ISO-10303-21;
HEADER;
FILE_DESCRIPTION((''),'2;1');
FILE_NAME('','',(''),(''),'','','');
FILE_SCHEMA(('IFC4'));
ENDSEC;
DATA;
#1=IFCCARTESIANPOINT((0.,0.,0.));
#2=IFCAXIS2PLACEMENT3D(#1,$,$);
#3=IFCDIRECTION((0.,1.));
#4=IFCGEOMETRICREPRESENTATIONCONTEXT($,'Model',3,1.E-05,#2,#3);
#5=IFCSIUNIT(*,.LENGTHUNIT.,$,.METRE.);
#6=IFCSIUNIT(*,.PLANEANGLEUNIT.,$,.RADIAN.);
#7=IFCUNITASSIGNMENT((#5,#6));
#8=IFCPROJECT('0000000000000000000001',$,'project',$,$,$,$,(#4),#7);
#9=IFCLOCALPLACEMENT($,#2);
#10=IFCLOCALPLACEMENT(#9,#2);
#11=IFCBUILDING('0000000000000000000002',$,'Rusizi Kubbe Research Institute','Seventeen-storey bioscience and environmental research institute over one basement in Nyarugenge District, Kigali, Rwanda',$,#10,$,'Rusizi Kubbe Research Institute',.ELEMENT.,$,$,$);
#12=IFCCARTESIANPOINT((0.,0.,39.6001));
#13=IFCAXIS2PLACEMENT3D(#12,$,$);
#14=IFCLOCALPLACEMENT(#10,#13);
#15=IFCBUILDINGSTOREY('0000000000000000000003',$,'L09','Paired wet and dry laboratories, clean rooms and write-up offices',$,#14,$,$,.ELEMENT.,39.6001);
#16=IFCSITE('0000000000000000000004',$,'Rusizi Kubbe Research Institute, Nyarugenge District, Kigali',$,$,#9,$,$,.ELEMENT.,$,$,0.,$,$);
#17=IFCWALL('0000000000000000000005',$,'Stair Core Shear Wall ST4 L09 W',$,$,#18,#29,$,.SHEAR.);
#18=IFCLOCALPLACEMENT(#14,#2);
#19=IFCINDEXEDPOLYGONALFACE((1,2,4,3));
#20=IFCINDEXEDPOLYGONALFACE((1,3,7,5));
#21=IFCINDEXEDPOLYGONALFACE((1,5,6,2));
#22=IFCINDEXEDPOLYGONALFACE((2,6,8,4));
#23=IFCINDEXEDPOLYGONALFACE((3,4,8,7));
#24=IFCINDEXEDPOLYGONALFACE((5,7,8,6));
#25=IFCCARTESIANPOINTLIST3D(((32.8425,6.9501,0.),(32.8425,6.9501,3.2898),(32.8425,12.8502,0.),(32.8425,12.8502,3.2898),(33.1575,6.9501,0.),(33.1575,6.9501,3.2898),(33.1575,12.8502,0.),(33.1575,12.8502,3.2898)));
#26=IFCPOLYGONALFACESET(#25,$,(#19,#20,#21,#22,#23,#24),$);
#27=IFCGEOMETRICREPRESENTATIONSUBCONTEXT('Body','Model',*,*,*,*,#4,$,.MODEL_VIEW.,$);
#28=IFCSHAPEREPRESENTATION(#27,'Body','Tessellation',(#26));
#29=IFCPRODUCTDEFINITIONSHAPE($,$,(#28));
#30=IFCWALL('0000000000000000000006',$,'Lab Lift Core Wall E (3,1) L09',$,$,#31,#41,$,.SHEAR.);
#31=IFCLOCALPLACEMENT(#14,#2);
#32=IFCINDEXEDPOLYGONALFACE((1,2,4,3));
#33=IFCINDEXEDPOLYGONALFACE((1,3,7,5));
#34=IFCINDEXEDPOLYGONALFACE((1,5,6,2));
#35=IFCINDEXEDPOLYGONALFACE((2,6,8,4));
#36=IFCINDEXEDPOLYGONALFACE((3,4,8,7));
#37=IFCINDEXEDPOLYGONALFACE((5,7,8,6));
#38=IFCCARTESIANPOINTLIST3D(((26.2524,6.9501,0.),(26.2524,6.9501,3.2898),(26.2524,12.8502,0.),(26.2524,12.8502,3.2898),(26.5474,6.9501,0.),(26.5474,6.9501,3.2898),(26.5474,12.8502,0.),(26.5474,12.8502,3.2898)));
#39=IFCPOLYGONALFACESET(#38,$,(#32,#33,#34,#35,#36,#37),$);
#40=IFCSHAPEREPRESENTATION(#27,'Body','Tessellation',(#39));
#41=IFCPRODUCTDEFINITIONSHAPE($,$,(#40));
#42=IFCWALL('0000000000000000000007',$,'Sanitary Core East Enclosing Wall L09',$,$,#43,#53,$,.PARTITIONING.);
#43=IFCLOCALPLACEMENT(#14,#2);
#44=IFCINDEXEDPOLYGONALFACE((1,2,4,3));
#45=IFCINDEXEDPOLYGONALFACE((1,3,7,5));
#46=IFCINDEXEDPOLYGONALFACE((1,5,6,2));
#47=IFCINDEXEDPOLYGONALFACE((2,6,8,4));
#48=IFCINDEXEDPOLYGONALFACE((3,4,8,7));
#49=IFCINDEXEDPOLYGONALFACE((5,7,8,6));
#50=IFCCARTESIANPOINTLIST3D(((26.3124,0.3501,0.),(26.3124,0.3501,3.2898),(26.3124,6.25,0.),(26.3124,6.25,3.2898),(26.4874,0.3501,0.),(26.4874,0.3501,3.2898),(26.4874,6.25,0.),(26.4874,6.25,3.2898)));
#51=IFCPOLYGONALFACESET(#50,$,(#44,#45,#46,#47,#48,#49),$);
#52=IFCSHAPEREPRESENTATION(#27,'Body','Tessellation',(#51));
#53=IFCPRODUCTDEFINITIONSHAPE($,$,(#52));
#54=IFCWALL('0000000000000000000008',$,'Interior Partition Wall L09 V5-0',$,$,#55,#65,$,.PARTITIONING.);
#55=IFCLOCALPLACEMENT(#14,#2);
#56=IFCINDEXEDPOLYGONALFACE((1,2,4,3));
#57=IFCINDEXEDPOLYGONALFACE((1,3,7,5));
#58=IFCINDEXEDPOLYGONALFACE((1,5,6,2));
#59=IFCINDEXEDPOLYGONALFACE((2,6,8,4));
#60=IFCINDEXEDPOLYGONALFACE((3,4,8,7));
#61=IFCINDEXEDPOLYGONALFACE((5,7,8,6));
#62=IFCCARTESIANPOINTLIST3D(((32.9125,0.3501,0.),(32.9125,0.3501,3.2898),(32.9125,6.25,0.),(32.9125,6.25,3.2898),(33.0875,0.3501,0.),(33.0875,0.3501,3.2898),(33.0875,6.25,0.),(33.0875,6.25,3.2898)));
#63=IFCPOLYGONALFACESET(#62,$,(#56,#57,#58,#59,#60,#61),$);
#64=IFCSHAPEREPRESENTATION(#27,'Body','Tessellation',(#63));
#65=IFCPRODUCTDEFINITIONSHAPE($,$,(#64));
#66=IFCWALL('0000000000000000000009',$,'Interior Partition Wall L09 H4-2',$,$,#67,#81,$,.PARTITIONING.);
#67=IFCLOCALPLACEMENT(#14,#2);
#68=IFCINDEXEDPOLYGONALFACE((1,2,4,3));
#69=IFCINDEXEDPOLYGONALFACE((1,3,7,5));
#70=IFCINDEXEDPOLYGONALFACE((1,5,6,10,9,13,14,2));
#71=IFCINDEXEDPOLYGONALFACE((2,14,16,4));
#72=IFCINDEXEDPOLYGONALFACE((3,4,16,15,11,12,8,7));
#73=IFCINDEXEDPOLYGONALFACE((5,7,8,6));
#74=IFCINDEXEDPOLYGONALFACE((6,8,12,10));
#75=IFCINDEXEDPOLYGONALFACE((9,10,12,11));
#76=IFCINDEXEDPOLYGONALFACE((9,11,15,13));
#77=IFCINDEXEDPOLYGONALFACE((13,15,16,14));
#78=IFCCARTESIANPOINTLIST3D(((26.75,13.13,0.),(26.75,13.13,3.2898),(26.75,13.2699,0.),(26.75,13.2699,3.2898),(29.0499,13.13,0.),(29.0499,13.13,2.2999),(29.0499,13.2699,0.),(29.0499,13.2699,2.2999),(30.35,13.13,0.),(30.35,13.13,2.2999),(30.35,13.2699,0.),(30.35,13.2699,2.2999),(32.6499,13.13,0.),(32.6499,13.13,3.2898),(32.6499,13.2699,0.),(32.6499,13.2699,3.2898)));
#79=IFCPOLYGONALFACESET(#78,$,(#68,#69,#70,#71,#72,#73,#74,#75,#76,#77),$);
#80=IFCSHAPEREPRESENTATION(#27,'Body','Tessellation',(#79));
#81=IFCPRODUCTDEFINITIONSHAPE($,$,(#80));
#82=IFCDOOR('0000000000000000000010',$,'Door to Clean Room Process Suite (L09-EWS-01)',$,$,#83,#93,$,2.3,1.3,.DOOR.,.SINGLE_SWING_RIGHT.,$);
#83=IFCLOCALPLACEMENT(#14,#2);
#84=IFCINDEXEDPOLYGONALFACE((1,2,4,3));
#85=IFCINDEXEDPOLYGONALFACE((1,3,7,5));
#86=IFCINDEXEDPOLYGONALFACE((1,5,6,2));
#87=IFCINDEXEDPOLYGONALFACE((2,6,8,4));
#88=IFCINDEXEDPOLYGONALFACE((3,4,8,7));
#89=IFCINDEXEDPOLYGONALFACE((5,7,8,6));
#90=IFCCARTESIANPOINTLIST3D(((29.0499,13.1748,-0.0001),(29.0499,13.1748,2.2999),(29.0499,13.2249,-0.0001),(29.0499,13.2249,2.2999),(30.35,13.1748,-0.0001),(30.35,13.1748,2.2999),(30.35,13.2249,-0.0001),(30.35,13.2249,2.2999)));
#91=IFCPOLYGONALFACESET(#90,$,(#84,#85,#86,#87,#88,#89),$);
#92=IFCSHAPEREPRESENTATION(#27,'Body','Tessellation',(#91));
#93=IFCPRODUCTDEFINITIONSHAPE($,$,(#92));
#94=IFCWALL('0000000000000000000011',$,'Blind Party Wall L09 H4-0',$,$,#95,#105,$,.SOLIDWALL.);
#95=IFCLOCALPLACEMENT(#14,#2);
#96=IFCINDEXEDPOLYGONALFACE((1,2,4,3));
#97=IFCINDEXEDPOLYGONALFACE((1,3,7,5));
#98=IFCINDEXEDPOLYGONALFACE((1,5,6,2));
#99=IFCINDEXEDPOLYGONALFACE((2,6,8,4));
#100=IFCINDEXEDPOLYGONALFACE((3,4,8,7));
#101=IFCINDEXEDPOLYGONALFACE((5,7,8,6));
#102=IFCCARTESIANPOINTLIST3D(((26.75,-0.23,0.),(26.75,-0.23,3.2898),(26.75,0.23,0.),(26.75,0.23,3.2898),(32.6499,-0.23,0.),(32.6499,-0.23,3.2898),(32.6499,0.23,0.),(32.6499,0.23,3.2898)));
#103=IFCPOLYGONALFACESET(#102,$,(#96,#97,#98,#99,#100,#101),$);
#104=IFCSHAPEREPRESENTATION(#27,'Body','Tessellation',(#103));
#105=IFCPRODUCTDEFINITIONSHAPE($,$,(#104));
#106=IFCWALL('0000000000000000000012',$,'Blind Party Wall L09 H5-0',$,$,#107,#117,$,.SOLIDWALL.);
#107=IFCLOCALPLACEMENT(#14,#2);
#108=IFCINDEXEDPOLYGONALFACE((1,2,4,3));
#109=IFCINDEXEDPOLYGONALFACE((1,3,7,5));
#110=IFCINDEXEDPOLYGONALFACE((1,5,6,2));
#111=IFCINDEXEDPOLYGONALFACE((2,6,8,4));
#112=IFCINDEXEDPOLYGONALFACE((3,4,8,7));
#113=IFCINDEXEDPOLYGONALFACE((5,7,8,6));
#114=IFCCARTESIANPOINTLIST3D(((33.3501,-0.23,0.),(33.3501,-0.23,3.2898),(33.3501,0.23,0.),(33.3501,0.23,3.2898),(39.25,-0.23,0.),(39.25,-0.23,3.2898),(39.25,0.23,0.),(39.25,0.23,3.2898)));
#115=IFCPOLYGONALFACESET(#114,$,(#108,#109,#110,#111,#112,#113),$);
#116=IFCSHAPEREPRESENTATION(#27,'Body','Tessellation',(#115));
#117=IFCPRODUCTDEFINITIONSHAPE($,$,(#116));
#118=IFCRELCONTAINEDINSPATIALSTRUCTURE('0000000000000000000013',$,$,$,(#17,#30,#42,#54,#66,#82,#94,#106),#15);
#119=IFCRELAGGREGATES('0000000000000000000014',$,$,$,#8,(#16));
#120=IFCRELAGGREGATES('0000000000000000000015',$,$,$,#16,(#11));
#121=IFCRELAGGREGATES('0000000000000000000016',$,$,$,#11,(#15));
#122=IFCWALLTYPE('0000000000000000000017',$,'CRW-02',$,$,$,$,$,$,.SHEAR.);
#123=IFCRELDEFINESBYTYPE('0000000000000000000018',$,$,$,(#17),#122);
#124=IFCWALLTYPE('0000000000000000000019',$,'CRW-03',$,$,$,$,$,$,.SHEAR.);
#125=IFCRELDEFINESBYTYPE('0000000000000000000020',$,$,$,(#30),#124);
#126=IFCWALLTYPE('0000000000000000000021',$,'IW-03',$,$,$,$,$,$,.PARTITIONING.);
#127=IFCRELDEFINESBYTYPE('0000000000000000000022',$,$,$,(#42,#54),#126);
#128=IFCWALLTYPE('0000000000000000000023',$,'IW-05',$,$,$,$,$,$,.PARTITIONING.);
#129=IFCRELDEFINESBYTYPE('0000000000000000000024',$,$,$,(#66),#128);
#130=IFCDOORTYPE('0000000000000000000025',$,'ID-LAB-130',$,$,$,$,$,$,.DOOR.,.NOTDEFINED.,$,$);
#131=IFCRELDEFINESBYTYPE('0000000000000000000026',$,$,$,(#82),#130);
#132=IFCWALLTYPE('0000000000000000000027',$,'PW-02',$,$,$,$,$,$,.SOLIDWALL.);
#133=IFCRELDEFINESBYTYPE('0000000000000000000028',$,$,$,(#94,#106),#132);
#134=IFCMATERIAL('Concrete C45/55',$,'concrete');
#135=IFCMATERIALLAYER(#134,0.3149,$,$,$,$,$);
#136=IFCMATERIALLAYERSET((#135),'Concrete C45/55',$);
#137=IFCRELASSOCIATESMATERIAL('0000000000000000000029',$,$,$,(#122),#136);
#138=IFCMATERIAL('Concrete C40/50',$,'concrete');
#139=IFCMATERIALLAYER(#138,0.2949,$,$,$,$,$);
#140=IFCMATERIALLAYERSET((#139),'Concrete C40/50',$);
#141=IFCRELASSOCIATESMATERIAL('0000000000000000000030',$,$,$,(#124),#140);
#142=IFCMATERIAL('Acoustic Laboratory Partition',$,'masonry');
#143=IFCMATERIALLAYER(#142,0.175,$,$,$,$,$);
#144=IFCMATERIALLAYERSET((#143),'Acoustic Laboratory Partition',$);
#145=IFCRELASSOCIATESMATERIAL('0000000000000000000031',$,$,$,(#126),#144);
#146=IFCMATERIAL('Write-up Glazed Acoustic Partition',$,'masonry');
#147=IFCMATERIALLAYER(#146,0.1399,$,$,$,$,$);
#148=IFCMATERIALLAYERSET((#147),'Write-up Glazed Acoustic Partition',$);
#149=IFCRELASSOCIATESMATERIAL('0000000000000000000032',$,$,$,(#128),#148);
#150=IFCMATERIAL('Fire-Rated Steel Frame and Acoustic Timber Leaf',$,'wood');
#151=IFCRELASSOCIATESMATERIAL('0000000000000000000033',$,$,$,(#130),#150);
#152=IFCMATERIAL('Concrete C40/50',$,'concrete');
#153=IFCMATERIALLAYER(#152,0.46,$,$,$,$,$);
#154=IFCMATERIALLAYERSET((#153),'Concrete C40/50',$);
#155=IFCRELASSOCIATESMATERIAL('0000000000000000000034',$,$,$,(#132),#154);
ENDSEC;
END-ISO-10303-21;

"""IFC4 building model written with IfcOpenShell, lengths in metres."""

from ifc_helpers import new_model, si_unit, direction, frame, frame_2d, origin, place, context, subcontext, project, spatial, rectangle, extrude, material, layer, layer_set, type_object, element, fill, save


model = new_model("IFC4")

# Units and contexts
model_context = context("Model", 3, precision=1e-05, world=origin(), true_north=direction((0.0, 1.0)))
body_context = subcontext(model_context, "Body", "Model", "MODEL_VIEW")
ifc_project = project(units=[si_unit("LENGTHUNIT", "METRE"), si_unit("PLANEANGLEUNIT", "RADIAN")], contexts=[model_context])

# Site, building, storey
site_placement = place(None, origin())
site = spatial("IfcSite", under=ifc_project, at=site_placement, Name="Rusizi Kubbe Research Institute, Nyarugenge District, Kigali", CompositionType="ELEMENT", RefElevation=0.0)
building_placement = place(site_placement, origin())
building = spatial("IfcBuilding", under=site, at=building_placement, Name="Rusizi Kubbe Research Institute", Description="Seventeen-storey bioscience and environmental research institute over one basement in Nyarugenge District, Kigali, Rwanda", LongName="Rusizi Kubbe Research Institute", CompositionType="ELEMENT")
storey_placement = place(building_placement, frame((0.0, 0.0, 39.6001)))
storey = spatial("IfcBuildingStorey", under=building, at=storey_placement, Name="L09", Description="Paired wet and dry laboratories, clean rooms and write-up offices", CompositionType="ELEMENT", Elevation=39.6001)

# Shared definitions
ifc_material_1 = material(Name="Concrete C45/55", Category="concrete")
ifc_layer_1 = layer(ifc_material_1, 0.3149)
ifc_layer_set_1 = layer_set([ifc_layer_1], Name="Concrete C45/55")
wall_type_1 = type_object("IfcWallType", Name="CRW-02", PredefinedType="SHEAR", material=ifc_layer_set_1)

# Walls
wall_1_placement = place(storey_placement, frame((33.0, 6.95, 0.0), z_axis=(0.0, 0.0, 1.0), x_axis=(0.0, 1.0, 0.0)))
element("IfcWall", 1, at=wall_1_placement, inside=storey, type_object=wall_type_1, Name="Stair Core Shear Wall ST4 L09 W", PredefinedType="SHEAR", context=body_context, shape_type="SweptSolid", body=[
    extrude(rectangle(XDim=5.9001, YDim=0.3149, at=frame_2d((2.9502, 0.0))), origin(), (0.0, 0.0, 1.0), 3.2898),
])
ifc_material_2 = material(Name="Concrete C40/50", Category="concrete")
ifc_layer_2 = layer(ifc_material_2, 0.2949)
ifc_layer_set_2 = layer_set([ifc_layer_2], Name="Concrete C40/50")
wall_type_2 = type_object("IfcWallType", Name="CRW-03", PredefinedType="SHEAR", material=ifc_layer_set_2)
wall_2_placement = place(storey_placement, frame((26.3999, 6.95, 0.0), z_axis=(0.0, 0.0, 1.0), x_axis=(0.0, 1.0, 0.0)))
element("IfcWall", 2, at=wall_2_placement, inside=storey, type_object=wall_type_2, Name="Lab Lift Core Wall E (3,1) L09", PredefinedType="SHEAR", context=body_context, shape_type="SweptSolid", body=[
    extrude(rectangle(XDim=5.9001, YDim=0.2949, at=frame_2d((2.9502, 0.0))), origin(), (0.0, 0.0, 1.0), 3.2898),
])
ifc_material_3 = material(Name="Acoustic Laboratory Partition", Category="masonry")
ifc_layer_3 = layer(ifc_material_3, 0.175)
ifc_layer_set_3 = layer_set([ifc_layer_3], Name="Acoustic Laboratory Partition")
wall_type_3 = type_object("IfcWallType", Name="IW-03", PredefinedType="PARTITIONING", material=ifc_layer_set_3)
for number, where, z_axis, x_axis, name in (
    (3, (26.3999, 0.3501, 0.0), (0.0, 0.0, 1.0), (0.0, 1.0, 0.0), "Sanitary Core East Enclosing Wall L09"),
    (4, (33.0, 0.3501, 0.0), (0.0, 0.0, 1.0), (0.0, 1.0, 0.0), "Interior Partition Wall L09 V5-0"),
):
    element("IfcWall", number, at=place(storey_placement, frame(where, z_axis=z_axis, x_axis=x_axis)), inside=storey, type_object=wall_type_3, Name=name, PredefinedType="PARTITIONING", context=body_context, shape_type="SweptSolid", body=[
        extrude(rectangle(XDim=5.8999, YDim=0.175, at=frame_2d((2.95, 0.0))), origin(), (0.0, 0.0, 1.0), 3.2898),
    ])

# Wall, opening, door
ifc_material_4 = material(Name="Write-up Glazed Acoustic Partition", Category="masonry")
ifc_layer_4 = layer(ifc_material_4, 0.1399)
ifc_layer_set_4 = layer_set([ifc_layer_4], Name="Write-up Glazed Acoustic Partition")
wall_type_4 = type_object("IfcWallType", Name="IW-05", PredefinedType="PARTITIONING", material=ifc_layer_set_4)
wall_3_placement = place(storey_placement, frame((26.75, 13.2, 0.0), z_axis=(0.0, 0.0, 1.0), x_axis=(1.0, 0.0, 0.0)))
wall_3 = element("IfcWall", 5, at=wall_3_placement, inside=storey, type_object=wall_type_4, Name="Interior Partition Wall L09 H4-2", PredefinedType="PARTITIONING", context=body_context, shape_type="SweptSolid", body=[
    extrude(rectangle(XDim=5.8999, YDim=0.1399, at=frame_2d((2.95, 0.0))), origin(), (0.0, 0.0, 1.0), 3.2898),
])
opening_1_placement = place(wall_3_placement, frame((2.3, 0.0, 0.0)))
opening_1 = element("IfcOpeningElement", 6, at=opening_1_placement, cuts=wall_3, PredefinedType="OPENING", context=body_context, shape_type="SweptSolid", body=[
    extrude(rectangle(XDim=1.3, YDim=2.3, at=frame_2d((0.6499, 1.1499))), frame((0.0, 0.0798, 0.0), z_axis=(0.0, -1.0, 0.0), x_axis=(1.0, 0.0, 0.0)), (0.0, 0.0, 1.0), 0.1599),
])
ifc_material_5 = material(Name="Fire-Rated Steel Frame and Acoustic Timber Leaf", Category="wood")
door_type_1 = type_object("IfcDoorType", Name="ID-LAB-130", OperationType="NOTDEFINED", PredefinedType="DOOR", material=ifc_material_5)
door_1_placement = place(opening_1_placement, origin())
door_1 = element("IfcDoor", 7, at=door_1_placement, inside=storey, type_object=door_type_1, Name="Door to Clean Room Process Suite (L09-EWS-01)", OperationType="SINGLE_SWING_RIGHT", OverallHeight=2.3, OverallWidth=1.3, PredefinedType="DOOR", context=body_context, shape_type="SweptSolid", body=[
    extrude(rectangle(XDim=1.3, YDim=2.3, at=frame_2d((0.6499, 1.1499))), frame((0.0, 0.0249, 0.0), z_axis=(0.0, -1.0, 0.0), x_axis=(1.0, 0.0, 0.0)), (0.0, 0.0, 1.0), 0.05),
])
fill(opening_1, door_1)

# Walls
ifc_material_6 = material(Name="Concrete C40/50", Category="concrete")
ifc_layer_5 = layer(ifc_material_6, 0.46)
ifc_layer_set_5 = layer_set([ifc_layer_5], Name="Concrete C40/50")
wall_type_5 = type_object("IfcWallType", Name="PW-02", PredefinedType="SOLIDWALL", material=ifc_layer_set_5)
for number, where, z_axis, x_axis, name in (
    (8, (26.75, 0.0, 0.0), (0.0, 0.0, 1.0), (1.0, 0.0, 0.0), "Blind Party Wall L09 H4-0"),
    (9, (33.3501, 0.0, 0.0), (0.0, 0.0, 1.0), (1.0, 0.0, 0.0), "Blind Party Wall L09 H5-0"),
):
    element("IfcWall", number, at=place(storey_placement, frame(where, z_axis=z_axis, x_axis=x_axis)), inside=storey, type_object=wall_type_5, Name=name, PredefinedType="SOLIDWALL", context=body_context, shape_type="SweptSolid", body=[
        extrude(rectangle(XDim=5.8999, YDim=0.46, at=frame_2d((2.95, 0.0))), origin(), (0.0, 0.0, 1.0), 3.2898),
    ])

save(model, "model.ifc")
